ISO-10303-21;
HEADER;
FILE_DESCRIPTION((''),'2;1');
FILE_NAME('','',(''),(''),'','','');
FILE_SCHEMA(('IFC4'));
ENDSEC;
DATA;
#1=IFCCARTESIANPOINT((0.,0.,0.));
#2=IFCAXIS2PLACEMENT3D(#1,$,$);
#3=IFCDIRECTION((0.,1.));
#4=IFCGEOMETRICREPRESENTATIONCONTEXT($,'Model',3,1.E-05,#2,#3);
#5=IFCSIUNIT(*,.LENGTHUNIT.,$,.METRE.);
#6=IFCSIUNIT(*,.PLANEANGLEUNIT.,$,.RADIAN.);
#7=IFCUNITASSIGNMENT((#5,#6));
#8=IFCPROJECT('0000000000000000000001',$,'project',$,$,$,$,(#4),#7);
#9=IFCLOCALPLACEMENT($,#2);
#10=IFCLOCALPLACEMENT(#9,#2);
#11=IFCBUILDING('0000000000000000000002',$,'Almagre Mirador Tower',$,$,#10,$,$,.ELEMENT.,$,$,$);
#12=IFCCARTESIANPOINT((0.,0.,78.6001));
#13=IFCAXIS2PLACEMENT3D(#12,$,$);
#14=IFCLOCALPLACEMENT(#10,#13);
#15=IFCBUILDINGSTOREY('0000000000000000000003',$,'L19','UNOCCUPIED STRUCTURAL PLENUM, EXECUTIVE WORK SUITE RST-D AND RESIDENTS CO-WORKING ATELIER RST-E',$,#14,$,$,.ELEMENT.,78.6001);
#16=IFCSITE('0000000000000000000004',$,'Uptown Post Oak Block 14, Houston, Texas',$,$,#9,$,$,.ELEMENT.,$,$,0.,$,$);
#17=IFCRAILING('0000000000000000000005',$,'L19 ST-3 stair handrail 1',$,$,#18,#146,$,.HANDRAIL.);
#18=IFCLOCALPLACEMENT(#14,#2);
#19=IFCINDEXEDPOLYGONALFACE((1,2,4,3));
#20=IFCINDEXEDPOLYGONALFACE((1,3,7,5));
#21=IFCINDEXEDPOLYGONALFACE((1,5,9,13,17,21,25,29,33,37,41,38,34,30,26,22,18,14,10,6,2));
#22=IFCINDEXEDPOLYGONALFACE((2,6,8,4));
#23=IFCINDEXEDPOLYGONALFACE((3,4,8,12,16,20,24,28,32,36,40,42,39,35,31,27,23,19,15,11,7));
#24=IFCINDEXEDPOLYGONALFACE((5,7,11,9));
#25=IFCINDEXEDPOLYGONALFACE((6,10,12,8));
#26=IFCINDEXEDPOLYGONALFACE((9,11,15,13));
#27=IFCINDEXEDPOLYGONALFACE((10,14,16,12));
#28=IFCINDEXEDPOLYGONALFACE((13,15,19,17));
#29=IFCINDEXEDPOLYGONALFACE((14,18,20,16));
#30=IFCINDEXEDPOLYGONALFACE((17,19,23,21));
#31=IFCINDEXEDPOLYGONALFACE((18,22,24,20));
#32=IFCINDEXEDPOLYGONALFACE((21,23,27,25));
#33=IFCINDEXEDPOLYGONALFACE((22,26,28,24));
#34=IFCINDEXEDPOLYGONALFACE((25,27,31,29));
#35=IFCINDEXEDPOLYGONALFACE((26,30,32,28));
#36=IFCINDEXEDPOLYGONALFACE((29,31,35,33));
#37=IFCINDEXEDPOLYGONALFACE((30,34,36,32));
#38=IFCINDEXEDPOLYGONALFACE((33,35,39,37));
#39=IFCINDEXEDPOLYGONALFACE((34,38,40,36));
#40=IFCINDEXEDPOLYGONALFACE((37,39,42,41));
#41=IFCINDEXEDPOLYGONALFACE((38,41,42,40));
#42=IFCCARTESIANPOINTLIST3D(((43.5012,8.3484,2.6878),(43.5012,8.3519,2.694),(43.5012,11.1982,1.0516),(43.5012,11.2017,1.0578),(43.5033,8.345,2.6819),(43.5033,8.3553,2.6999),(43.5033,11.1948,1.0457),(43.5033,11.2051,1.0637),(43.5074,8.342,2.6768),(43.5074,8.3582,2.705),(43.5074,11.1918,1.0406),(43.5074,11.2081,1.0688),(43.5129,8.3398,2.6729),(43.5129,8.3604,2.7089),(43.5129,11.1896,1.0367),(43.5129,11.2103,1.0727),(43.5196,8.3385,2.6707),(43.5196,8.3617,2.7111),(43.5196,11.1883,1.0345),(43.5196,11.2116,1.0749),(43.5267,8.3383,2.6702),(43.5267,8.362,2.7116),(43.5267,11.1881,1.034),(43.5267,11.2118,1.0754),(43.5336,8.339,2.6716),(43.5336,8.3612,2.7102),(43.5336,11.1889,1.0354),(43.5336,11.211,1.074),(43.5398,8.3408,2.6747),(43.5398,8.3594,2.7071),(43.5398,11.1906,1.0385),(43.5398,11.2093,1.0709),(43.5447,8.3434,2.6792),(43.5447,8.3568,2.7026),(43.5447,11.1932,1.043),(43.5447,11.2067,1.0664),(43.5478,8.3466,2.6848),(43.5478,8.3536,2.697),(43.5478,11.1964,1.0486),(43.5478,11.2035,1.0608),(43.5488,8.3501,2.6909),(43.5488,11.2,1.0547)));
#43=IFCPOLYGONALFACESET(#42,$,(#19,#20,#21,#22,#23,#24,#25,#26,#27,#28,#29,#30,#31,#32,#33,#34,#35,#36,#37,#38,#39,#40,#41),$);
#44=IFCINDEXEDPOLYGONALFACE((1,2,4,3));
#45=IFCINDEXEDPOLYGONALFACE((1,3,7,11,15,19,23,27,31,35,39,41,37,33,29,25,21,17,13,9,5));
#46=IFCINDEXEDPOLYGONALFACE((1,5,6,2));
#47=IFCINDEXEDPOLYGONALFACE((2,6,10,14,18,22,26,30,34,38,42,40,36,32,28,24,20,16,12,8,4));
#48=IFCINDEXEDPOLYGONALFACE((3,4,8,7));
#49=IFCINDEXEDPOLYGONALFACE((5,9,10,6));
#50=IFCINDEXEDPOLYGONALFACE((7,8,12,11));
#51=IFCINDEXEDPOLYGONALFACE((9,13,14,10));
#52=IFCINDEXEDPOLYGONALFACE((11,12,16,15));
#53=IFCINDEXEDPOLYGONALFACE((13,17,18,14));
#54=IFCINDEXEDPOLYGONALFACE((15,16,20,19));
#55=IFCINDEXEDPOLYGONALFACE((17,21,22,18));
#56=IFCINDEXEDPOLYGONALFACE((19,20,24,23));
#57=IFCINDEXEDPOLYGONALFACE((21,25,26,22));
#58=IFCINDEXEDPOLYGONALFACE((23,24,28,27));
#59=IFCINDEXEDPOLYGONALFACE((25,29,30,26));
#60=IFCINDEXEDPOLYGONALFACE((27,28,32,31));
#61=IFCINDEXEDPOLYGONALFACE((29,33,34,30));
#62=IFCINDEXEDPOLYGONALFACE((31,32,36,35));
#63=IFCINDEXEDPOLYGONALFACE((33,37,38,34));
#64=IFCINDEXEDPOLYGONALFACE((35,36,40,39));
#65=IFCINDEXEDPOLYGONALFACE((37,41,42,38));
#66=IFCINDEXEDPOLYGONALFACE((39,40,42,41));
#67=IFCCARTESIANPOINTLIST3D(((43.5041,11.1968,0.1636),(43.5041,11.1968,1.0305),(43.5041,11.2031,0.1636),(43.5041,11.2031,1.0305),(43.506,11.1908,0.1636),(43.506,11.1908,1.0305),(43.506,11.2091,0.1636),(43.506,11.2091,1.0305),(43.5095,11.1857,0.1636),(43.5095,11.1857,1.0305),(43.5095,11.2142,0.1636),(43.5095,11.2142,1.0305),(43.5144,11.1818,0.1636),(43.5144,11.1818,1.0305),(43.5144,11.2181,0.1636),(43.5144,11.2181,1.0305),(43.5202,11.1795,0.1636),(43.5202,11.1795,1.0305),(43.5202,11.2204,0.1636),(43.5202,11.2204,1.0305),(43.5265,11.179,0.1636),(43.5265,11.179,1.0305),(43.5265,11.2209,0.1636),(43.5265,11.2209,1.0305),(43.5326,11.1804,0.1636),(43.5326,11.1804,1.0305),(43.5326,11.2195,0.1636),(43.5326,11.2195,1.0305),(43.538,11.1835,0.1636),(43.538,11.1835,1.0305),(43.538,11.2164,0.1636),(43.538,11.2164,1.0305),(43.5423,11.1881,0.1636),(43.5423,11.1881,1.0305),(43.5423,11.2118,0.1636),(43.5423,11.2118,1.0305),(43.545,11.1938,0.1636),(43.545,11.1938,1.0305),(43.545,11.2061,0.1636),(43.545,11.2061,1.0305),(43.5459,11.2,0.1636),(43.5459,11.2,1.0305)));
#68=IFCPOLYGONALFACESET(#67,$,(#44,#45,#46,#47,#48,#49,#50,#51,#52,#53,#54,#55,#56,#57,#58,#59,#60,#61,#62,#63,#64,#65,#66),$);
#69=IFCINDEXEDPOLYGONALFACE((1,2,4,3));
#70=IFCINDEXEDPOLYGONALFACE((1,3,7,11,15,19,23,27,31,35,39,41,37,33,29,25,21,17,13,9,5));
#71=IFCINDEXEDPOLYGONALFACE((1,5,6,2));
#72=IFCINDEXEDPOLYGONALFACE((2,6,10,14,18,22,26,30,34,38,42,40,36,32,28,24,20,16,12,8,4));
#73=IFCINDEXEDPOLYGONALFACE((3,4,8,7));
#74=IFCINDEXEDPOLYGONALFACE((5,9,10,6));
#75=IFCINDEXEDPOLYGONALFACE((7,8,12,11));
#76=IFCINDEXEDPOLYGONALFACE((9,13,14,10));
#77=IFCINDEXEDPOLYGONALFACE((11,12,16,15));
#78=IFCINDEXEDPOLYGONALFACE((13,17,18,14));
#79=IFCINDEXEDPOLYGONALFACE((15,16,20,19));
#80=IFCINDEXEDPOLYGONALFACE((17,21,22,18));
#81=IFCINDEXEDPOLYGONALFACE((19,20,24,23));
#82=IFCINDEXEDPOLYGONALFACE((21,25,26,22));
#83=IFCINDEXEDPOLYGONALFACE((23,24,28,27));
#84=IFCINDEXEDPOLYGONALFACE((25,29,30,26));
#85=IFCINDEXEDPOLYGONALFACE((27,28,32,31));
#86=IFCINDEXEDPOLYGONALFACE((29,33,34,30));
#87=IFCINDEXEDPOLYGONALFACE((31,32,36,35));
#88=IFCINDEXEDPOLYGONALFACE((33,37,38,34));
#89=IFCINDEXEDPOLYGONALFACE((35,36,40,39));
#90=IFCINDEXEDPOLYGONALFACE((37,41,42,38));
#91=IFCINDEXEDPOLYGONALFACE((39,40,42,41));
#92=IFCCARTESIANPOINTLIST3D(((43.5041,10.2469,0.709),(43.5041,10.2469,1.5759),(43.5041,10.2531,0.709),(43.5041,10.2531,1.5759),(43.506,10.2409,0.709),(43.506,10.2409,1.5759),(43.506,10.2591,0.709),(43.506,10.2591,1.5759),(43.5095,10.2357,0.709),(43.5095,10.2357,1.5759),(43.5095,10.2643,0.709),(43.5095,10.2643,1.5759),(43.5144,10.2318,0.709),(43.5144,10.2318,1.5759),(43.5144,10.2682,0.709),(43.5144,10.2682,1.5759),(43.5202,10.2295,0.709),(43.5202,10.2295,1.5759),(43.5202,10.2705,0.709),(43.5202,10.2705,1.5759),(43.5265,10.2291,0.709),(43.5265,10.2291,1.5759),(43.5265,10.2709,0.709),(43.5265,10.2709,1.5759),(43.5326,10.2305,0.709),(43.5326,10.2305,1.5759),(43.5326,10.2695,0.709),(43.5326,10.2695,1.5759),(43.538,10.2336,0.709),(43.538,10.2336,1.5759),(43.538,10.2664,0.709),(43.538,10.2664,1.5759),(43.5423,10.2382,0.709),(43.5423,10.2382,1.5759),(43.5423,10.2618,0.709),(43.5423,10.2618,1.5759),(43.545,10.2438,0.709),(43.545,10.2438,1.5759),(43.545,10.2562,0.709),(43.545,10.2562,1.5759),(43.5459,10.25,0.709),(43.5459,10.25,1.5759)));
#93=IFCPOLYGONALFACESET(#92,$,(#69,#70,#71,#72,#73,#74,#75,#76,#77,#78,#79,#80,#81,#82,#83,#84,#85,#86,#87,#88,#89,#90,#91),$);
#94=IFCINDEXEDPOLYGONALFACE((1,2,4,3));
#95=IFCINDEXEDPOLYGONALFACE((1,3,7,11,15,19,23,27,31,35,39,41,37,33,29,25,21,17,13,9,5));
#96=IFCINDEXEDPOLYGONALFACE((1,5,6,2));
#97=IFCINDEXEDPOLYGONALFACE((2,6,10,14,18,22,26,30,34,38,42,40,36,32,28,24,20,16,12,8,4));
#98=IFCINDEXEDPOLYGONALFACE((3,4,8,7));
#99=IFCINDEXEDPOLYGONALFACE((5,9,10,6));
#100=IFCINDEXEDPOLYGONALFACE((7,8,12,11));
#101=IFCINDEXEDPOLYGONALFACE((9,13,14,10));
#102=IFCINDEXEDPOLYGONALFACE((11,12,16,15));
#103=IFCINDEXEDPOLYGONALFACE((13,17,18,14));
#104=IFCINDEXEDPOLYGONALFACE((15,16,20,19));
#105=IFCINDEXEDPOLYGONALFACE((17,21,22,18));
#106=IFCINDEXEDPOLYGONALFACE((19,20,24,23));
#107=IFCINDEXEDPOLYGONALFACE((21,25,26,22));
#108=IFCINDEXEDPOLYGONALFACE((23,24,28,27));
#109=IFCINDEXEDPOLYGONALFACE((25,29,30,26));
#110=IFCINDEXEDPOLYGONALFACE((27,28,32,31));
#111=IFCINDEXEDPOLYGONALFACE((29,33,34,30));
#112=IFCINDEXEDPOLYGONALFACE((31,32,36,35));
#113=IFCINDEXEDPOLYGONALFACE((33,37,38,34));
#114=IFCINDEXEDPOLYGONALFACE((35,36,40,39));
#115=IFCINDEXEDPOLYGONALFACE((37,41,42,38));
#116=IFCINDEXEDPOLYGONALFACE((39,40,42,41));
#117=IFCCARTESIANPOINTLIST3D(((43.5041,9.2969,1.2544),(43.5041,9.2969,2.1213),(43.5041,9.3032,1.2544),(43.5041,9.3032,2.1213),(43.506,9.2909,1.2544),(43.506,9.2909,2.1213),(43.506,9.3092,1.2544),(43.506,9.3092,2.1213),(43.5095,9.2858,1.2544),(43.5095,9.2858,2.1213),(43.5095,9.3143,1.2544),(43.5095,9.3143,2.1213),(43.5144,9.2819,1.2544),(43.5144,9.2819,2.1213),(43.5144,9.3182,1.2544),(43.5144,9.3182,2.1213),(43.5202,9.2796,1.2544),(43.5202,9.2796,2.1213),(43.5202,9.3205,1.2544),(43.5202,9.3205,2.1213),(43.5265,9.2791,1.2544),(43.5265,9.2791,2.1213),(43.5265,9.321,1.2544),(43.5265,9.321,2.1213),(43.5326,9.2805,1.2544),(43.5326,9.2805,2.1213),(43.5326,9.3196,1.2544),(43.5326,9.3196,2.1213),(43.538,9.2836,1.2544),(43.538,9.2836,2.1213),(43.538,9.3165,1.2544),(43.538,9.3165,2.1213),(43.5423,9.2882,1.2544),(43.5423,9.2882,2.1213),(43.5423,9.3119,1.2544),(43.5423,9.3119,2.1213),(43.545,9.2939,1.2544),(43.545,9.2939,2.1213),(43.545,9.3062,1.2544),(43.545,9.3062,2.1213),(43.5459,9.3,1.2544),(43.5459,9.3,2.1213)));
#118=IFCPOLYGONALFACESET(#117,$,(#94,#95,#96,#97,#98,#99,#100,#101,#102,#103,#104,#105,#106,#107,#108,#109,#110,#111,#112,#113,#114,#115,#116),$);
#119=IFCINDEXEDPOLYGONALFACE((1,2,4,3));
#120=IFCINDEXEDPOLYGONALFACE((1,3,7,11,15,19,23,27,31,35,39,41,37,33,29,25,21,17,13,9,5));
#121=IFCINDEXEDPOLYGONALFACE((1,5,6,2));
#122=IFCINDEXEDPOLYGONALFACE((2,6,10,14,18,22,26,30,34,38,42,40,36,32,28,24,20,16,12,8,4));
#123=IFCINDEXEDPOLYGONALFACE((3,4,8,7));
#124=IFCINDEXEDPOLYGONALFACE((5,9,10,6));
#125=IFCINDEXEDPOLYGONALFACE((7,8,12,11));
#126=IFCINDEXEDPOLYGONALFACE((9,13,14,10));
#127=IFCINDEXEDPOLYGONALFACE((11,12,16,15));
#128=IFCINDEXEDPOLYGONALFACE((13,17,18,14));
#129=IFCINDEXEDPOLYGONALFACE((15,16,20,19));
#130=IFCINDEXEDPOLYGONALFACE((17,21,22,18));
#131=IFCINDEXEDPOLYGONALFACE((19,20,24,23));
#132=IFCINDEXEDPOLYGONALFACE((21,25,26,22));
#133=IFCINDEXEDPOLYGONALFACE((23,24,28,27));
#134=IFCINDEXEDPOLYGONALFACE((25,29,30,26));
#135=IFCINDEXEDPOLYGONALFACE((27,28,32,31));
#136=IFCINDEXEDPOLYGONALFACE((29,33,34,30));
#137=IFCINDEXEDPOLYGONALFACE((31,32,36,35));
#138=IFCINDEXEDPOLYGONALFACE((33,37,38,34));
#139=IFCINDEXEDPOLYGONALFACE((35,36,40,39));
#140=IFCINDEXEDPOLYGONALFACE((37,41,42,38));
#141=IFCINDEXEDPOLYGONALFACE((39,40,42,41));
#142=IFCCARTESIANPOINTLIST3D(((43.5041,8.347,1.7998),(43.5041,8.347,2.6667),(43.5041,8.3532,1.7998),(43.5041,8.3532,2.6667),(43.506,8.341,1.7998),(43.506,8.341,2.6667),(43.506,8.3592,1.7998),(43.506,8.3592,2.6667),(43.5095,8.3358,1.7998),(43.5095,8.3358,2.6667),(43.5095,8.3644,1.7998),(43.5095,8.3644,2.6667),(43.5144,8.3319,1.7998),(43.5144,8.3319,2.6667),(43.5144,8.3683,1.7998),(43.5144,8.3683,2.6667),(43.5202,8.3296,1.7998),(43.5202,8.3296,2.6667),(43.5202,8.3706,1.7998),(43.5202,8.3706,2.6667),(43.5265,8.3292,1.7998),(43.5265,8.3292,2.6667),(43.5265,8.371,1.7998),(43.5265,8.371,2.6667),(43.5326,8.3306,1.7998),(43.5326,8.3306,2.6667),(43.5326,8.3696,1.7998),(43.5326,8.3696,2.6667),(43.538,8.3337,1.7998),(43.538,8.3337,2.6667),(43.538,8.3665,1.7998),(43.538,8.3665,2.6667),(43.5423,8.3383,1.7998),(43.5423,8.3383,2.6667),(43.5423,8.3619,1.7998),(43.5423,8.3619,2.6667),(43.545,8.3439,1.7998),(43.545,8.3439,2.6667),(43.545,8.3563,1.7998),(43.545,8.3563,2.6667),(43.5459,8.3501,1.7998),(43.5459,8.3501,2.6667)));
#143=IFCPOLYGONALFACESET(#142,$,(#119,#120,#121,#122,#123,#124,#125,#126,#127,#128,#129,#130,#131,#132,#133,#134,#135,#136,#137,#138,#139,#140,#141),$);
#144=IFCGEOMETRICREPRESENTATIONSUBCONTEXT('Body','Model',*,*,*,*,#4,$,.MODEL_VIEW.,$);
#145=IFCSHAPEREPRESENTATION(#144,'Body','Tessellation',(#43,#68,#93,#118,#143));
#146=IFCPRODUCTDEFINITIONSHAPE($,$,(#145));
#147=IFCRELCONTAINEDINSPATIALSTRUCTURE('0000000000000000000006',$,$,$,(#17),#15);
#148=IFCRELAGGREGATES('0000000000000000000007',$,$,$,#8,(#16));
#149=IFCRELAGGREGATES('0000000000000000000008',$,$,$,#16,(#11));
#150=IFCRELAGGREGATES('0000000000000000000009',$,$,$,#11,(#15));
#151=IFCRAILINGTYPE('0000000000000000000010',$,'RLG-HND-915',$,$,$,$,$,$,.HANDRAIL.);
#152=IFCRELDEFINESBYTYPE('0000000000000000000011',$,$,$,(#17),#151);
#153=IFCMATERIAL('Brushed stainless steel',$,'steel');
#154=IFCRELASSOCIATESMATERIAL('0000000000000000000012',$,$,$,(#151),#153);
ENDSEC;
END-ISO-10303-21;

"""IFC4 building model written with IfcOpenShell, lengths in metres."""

from ifc_helpers import new_model, si_unit, direction, frame, origin, origin_2d, place, context, subcontext, project, spatial, circle, extrude, material, type_object, element, save


model = new_model("IFC4")

# Units and contexts
model_context = context("Model", 3, precision=1e-05, world=origin(), true_north=direction((0.0, 1.0)))
body_context = subcontext(model_context, "Body", "Model", "MODEL_VIEW")
ifc_project = project(units=[si_unit("LENGTHUNIT", "METRE"), si_unit("PLANEANGLEUNIT", "RADIAN")], contexts=[model_context])

# Site, building, storey
site_placement = place(None, origin())
site = spatial("IfcSite", under=ifc_project, at=site_placement, Name="Uptown Post Oak Block 14, Houston, Texas", CompositionType="ELEMENT", RefElevation=0.0)
building_placement = place(site_placement, origin())
building = spatial("IfcBuilding", under=site, at=building_placement, Name="Almagre Mirador Tower", CompositionType="ELEMENT")
storey_placement = place(building_placement, frame((0.0, 0.0, 78.6001)))
storey = spatial("IfcBuildingStorey", under=building, at=storey_placement, Name="L19", Description="UNOCCUPIED STRUCTURAL PLENUM, EXECUTIVE WORK SUITE RST-D AND RESIDENTS CO-WORKING ATELIER RST-E", CompositionType="ELEMENT", Elevation=78.6001)

# Railing
ifc_material_1 = material(Name="Brushed stainless steel", Category="steel")
railing_type_1 = type_object("IfcRailingType", Name="RLG-HND-915", PredefinedType="HANDRAIL", material=ifc_material_1)
railing_1_placement = place(storey_placement, frame((43.5249, 11.2, 0.1636)))
element("IfcRailing", 1, at=railing_1_placement, inside=storey, type_object=railing_type_1, Name="L19 ST-3 stair handrail 1", PredefinedType="HANDRAIL", context=body_context, shape_type="SweptSolid", body=[
    extrude(circle(Radius=0.0239, at=origin_2d()), frame((0.0, 0.0, 0.8911), z_axis=(0.0, -0.867226, 0.497914), x_axis=(1.0, 0.0, 0.0)), (0.0, 0.0, 1.0), 3.2861),
    extrude(circle(Radius=0.021, at=origin_2d()), origin(), (0.0, 0.0, 1.0), 0.8669),
    extrude(circle(Radius=0.021, at=origin_2d()), frame((0.0, -0.95, 0.5454)), (0.0, 0.0, 1.0), 0.8669),
    extrude(circle(Radius=0.021, at=origin_2d()), frame((0.0, -1.8999, 1.0908)), (0.0, 0.0, 1.0), 0.8669),
    extrude(circle(Radius=0.021, at=origin_2d()), frame((0.0, -2.8499, 1.6362)), (0.0, 0.0, 1.0), 0.8669),
])

save(model, "model.ifc")
